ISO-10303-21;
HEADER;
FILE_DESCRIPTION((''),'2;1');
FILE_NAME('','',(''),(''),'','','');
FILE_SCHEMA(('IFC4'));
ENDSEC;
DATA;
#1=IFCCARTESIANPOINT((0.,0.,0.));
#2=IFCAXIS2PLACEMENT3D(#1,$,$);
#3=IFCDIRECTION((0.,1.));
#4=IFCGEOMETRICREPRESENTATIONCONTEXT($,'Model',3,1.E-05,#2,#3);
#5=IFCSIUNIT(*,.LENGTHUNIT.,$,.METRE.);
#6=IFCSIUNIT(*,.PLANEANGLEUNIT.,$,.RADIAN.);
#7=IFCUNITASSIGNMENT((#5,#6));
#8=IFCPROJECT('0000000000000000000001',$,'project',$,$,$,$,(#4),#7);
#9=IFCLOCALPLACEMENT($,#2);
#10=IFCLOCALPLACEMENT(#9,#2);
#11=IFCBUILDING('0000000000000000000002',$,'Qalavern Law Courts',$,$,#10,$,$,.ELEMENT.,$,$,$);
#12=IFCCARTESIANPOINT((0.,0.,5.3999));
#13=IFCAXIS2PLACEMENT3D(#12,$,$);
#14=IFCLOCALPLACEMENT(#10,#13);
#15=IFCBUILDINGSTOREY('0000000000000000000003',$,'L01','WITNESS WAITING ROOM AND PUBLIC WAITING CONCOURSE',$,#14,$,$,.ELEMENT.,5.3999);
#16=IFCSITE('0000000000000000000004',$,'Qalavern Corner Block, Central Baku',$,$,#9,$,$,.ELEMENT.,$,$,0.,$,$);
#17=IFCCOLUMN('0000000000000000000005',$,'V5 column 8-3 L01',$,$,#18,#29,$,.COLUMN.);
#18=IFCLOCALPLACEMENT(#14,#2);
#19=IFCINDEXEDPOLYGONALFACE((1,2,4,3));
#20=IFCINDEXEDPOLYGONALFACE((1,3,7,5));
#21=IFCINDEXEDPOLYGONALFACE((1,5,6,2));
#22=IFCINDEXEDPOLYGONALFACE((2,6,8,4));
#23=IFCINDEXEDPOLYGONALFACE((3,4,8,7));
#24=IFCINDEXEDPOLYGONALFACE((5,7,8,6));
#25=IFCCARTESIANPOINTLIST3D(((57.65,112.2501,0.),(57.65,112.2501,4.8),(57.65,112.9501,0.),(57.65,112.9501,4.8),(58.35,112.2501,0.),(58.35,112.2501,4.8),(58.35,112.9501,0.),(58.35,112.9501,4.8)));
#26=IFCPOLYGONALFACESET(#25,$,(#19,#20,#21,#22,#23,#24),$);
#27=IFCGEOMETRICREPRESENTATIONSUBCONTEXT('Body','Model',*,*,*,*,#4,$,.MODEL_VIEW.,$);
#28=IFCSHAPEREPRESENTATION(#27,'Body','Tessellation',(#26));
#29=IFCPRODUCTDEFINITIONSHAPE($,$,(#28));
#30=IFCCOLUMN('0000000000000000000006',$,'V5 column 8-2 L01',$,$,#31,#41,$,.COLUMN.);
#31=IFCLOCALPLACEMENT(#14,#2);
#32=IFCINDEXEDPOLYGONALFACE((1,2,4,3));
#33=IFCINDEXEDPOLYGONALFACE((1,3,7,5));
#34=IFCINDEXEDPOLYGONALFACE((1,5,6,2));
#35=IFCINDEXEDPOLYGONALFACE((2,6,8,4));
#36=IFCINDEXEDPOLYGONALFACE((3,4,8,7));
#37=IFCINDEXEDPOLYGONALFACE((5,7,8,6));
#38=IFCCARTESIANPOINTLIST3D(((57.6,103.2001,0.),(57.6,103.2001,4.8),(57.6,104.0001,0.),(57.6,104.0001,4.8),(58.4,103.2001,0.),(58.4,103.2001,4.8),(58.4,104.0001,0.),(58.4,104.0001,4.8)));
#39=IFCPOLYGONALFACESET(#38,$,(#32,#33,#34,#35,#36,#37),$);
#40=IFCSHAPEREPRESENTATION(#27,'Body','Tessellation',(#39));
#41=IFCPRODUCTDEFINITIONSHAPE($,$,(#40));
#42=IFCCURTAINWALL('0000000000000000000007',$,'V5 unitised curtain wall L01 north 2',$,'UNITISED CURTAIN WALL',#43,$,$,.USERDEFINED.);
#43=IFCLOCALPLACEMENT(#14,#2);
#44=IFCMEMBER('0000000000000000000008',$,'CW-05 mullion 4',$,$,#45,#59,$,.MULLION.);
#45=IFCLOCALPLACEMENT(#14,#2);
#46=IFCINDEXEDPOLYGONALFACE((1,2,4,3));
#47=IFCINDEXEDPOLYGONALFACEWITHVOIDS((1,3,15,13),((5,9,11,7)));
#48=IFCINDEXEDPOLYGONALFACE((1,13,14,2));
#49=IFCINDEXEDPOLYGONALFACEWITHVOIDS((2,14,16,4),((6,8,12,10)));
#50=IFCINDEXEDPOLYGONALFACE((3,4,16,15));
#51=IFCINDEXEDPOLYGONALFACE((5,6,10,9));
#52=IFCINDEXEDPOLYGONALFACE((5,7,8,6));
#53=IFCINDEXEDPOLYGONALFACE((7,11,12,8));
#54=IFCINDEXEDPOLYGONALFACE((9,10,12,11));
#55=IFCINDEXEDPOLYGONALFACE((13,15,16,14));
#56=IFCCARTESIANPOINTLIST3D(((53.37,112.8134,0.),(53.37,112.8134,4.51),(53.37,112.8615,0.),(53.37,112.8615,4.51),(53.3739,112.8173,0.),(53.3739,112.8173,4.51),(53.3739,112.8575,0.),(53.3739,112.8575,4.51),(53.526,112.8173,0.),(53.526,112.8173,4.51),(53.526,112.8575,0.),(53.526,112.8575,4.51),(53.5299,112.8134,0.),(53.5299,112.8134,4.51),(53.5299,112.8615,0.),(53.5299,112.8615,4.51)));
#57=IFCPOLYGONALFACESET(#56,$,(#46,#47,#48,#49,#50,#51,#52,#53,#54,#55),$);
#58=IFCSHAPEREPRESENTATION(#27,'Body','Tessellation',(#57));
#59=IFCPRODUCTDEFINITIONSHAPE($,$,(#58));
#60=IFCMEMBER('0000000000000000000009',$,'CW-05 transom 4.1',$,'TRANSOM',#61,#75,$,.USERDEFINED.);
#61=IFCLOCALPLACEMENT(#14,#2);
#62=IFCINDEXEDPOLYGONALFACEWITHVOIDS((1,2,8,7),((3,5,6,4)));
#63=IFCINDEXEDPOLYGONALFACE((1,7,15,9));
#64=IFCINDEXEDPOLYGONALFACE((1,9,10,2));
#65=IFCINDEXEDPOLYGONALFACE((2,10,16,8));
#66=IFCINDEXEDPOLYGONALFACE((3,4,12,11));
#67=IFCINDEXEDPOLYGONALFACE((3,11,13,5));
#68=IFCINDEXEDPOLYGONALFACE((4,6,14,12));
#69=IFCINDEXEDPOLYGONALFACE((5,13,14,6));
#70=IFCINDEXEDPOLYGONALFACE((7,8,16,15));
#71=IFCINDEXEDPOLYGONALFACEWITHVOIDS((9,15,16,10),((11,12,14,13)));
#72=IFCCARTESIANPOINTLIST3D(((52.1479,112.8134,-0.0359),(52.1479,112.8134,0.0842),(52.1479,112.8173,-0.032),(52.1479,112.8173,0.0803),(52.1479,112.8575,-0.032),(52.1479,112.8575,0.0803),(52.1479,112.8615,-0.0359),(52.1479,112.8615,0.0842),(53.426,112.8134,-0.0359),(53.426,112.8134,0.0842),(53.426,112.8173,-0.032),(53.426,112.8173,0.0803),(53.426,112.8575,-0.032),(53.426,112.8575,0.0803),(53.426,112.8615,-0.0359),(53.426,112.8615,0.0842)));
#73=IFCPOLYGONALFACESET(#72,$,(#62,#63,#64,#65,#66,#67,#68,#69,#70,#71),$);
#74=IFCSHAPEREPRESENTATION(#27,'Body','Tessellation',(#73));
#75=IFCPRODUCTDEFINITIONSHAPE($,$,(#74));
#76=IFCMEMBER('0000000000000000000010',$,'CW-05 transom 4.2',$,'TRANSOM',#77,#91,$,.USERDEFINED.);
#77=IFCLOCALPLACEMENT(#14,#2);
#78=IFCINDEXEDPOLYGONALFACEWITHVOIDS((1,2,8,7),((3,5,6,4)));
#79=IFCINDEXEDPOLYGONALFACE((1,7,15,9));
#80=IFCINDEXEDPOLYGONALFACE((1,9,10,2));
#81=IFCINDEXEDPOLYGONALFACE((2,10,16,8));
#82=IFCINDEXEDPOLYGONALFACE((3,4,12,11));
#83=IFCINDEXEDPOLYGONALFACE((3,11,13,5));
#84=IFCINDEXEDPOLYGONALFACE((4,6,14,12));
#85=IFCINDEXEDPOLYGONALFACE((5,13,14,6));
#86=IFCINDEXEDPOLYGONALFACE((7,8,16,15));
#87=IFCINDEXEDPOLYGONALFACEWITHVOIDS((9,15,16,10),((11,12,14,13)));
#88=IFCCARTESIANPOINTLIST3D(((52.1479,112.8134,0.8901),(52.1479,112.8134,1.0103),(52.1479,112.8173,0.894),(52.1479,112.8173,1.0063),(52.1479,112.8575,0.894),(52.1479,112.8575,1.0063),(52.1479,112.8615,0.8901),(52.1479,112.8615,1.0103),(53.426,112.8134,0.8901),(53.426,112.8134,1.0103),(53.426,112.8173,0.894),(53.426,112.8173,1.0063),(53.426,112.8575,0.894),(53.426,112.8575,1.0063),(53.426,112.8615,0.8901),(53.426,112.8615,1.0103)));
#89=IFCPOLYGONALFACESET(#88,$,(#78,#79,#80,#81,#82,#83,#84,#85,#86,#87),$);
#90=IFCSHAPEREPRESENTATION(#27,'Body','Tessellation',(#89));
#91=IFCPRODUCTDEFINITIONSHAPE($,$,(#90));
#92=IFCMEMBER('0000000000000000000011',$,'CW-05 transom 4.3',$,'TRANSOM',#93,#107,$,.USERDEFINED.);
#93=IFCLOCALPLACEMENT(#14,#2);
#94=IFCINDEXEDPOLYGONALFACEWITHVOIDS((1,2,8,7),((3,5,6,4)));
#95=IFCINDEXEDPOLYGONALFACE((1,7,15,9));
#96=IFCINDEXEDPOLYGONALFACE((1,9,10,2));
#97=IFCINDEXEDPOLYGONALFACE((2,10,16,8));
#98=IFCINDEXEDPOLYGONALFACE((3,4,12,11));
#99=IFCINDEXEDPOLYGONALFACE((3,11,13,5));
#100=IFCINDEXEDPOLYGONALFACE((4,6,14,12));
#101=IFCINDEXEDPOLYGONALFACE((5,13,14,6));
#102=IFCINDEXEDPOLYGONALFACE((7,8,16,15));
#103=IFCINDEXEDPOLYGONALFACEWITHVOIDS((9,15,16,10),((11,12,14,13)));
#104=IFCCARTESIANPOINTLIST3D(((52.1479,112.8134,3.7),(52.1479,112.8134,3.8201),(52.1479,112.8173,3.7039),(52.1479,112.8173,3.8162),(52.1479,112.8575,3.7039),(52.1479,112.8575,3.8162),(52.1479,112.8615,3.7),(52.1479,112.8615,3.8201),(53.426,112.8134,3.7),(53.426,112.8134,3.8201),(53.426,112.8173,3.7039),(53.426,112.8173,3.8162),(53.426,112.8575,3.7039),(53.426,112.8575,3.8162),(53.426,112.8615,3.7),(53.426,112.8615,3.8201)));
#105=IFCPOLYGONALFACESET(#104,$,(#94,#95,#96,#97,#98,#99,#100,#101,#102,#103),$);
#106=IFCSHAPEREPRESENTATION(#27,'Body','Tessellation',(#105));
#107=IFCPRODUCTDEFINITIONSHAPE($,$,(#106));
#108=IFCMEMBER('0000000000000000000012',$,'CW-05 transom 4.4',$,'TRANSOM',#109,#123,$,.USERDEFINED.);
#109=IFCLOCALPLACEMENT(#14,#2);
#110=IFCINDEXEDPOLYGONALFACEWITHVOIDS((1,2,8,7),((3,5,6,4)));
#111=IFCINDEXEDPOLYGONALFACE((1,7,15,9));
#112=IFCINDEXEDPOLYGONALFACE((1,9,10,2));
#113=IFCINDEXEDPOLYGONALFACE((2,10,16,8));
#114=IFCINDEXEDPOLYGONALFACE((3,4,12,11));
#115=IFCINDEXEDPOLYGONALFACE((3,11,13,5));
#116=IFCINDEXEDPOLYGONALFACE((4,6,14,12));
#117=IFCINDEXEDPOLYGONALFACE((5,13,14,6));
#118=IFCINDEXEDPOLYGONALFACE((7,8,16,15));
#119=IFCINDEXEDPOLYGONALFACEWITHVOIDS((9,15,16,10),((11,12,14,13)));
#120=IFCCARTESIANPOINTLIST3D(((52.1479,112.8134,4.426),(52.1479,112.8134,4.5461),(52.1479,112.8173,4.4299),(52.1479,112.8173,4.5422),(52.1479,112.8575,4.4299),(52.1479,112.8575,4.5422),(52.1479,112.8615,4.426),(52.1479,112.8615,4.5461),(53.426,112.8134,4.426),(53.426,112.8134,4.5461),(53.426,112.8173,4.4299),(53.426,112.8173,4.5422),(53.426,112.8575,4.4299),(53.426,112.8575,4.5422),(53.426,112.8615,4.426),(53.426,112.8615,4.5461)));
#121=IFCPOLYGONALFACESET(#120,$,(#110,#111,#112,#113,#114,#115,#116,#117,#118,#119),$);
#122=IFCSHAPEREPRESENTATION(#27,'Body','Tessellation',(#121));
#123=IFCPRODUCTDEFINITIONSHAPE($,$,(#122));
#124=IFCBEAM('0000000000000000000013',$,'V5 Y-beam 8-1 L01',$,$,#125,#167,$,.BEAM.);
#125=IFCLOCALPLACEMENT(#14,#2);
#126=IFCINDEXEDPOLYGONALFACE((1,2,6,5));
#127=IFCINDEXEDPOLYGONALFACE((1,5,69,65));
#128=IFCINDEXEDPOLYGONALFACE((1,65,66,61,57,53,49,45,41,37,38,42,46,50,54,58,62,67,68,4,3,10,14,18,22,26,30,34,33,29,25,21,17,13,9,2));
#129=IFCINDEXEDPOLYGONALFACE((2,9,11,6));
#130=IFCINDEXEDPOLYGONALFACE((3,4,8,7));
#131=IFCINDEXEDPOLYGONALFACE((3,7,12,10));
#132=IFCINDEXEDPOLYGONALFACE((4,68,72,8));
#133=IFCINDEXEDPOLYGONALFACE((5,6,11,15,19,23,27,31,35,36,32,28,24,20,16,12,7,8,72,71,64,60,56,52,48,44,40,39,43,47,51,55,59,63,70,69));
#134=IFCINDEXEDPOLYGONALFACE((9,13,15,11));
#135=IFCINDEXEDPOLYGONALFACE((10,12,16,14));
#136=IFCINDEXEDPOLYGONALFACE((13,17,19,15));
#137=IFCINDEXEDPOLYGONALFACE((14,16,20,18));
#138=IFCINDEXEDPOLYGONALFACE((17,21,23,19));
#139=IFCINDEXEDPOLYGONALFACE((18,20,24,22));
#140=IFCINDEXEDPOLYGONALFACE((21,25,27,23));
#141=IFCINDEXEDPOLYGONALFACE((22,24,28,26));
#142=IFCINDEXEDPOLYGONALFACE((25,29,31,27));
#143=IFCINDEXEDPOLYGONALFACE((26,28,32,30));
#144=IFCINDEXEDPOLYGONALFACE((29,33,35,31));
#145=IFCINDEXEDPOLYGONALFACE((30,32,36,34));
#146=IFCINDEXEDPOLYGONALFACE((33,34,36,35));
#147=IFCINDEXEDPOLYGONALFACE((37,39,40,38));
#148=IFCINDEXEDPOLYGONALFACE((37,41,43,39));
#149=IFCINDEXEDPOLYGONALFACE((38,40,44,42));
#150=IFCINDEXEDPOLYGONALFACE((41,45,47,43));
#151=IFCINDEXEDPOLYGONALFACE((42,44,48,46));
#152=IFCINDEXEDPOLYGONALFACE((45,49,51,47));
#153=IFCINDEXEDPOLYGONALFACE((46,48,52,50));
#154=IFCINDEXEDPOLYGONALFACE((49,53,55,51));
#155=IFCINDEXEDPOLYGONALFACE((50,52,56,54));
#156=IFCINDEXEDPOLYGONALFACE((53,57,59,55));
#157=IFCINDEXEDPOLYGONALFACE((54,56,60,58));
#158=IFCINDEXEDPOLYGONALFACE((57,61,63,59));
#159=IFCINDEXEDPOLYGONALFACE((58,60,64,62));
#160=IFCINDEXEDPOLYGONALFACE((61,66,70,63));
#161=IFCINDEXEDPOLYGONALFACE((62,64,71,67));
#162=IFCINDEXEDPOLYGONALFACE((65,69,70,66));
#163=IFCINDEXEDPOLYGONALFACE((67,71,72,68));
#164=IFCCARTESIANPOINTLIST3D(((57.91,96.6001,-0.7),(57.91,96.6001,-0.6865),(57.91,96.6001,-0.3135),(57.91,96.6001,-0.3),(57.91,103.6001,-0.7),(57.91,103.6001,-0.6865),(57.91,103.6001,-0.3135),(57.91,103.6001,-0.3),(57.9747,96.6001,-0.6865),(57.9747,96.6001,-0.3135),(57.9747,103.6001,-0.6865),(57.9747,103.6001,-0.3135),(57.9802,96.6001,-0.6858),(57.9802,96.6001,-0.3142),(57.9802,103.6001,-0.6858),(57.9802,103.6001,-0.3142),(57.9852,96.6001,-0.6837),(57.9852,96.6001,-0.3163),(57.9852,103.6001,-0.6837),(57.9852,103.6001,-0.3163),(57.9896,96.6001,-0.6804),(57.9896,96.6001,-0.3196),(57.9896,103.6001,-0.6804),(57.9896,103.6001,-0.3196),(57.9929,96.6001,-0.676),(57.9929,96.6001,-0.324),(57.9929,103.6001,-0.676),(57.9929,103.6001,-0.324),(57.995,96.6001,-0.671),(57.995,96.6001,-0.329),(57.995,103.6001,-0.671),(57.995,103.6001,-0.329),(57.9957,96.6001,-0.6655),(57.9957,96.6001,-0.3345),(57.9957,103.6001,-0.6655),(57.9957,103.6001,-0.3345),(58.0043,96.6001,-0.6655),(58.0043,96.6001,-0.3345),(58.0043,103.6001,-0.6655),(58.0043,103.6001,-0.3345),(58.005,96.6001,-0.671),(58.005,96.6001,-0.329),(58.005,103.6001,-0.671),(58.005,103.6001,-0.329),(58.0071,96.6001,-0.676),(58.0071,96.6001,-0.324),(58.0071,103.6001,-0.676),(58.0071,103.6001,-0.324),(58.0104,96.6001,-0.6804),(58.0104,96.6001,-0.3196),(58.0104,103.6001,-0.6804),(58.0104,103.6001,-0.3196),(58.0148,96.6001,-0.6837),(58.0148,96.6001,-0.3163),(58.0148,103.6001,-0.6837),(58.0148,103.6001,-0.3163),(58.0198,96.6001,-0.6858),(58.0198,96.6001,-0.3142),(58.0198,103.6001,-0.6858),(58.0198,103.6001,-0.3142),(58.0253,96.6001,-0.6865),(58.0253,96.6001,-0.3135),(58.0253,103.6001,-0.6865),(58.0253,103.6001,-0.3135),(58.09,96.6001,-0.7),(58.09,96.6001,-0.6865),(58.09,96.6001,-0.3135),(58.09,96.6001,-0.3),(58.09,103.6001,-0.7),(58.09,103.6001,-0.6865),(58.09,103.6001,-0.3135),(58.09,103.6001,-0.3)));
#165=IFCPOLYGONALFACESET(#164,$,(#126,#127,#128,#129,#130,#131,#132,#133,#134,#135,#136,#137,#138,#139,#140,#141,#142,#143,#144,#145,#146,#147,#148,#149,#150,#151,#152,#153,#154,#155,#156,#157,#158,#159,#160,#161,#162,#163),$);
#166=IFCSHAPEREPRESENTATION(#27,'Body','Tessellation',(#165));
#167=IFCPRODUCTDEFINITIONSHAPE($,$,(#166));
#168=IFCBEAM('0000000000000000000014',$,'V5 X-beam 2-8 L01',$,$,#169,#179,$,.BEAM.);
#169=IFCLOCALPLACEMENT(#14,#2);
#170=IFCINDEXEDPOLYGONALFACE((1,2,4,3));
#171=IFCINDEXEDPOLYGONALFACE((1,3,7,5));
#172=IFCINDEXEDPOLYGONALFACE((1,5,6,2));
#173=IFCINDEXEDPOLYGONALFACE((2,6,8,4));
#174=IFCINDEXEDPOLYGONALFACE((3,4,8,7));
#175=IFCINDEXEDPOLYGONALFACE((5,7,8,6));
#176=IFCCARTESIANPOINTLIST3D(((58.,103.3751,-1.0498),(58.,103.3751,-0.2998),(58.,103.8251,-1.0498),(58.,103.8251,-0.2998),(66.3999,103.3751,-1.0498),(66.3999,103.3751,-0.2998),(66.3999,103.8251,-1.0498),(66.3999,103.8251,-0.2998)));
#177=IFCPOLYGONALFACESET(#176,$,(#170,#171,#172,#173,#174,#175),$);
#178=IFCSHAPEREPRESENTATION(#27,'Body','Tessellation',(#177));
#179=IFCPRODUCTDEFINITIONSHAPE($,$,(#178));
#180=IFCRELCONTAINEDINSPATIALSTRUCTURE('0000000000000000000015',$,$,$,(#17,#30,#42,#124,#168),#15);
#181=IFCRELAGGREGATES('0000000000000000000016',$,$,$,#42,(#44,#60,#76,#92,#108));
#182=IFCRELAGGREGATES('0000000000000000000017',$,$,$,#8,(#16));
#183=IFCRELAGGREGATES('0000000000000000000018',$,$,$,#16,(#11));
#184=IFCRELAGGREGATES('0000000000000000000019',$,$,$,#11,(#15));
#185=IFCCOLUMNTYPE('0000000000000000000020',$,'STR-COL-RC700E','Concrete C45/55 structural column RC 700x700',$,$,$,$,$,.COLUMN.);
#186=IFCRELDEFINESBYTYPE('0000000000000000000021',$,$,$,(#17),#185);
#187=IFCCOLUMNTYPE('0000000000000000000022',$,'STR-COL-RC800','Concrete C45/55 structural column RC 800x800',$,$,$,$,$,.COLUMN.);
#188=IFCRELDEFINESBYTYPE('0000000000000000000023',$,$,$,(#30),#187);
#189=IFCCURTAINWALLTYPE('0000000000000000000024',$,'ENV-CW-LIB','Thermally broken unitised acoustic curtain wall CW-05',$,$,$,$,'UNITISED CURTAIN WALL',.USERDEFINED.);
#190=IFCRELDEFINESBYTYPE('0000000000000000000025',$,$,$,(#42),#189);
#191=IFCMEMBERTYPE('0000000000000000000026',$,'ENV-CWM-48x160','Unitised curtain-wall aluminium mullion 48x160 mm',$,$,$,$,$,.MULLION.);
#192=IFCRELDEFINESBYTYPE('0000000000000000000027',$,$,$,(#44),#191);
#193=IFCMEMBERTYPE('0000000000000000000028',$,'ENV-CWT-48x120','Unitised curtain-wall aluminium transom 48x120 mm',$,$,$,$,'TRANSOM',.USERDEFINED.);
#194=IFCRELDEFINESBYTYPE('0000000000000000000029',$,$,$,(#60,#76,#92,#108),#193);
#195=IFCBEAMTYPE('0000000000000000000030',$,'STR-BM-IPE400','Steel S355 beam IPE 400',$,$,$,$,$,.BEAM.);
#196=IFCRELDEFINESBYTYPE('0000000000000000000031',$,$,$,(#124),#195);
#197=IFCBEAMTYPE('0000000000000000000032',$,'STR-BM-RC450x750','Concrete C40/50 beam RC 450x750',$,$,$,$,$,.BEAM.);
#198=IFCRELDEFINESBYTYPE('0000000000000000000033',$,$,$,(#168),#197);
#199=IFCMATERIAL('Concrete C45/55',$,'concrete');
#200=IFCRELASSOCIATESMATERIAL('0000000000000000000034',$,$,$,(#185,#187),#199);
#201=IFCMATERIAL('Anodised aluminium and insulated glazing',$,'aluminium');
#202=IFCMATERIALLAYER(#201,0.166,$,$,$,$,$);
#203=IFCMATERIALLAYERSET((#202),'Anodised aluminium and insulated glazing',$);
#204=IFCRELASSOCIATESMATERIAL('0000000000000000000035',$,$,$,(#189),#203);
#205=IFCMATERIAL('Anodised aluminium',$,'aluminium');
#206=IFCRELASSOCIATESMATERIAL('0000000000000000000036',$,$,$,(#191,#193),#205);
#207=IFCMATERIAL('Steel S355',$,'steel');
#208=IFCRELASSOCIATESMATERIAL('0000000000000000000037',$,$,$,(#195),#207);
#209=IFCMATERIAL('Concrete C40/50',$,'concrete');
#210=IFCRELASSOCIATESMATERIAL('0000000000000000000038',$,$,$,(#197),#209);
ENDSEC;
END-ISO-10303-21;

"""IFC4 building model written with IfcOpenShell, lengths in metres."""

from ifc_helpers import new_model, si_unit, direction, frame, origin, origin_2d, place, context, subcontext, project, spatial, rectangle, hollow_rectangle, i_section, extrude, material, layer, layer_set, material_profile, profile_set, type_object, element, aggregate, save


model = new_model("IFC4")

# Units and contexts
model_context = context("Model", 3, precision=1e-05, world=origin(), true_north=direction((0.0, 1.0)))
body_context = subcontext(model_context, "Body", "Model", "MODEL_VIEW")
ifc_project = project(units=[si_unit("LENGTHUNIT", "METRE"), si_unit("PLANEANGLEUNIT", "RADIAN")], contexts=[model_context])

# Site, building, storey
site_placement = place(None, origin())
site = spatial("IfcSite", under=ifc_project, at=site_placement, Name="Qalavern Corner Block, Central Baku", CompositionType="ELEMENT", RefElevation=0.0)
building_placement = place(site_placement, origin())
building = spatial("IfcBuilding", under=site, at=building_placement, Name="Qalavern Law Courts", CompositionType="ELEMENT")
storey_placement = place(building_placement, frame((0.0, 0.0, 5.3999)))
storey = spatial("IfcBuildingStorey", under=building, at=storey_placement, Name="L01", Description="WITNESS WAITING ROOM AND PUBLIC WAITING CONCOURSE", CompositionType="ELEMENT", Elevation=5.3999)

# Columns
ifc_material_1 = material(Name="Concrete C45/55", Category="concrete")
ifc_material_profile_1 = material_profile(ifc_material_1, rectangle(XDim=0.7, YDim=0.7, at=origin_2d()), Name="RC 700x700")
ifc_profile_set_1 = profile_set([ifc_material_profile_1], Name="Concrete C45/55")
column_type_1 = type_object("IfcColumnType", Name="STR-COL-RC700E", Description="Concrete C45/55 structural column RC 700x700", PredefinedType="COLUMN", material=ifc_profile_set_1)
column_1_placement = place(storey_placement, frame((58.0, 112.6001, 0.0), z_axis=(0.0, 0.0, 1.0), x_axis=(1.0, 0.0, 0.0)))
element("IfcColumn", 1, at=column_1_placement, inside=storey, type_object=column_type_1, Name="V5 column 8-3 L01", PredefinedType="COLUMN", context=body_context, shape_type="SweptSolid", body=[
    extrude(rectangle(XDim=0.7, YDim=0.7, at=origin_2d()), origin(), (0.0, 0.0, 1.0), 4.8),
])
ifc_material_profile_2 = material_profile(ifc_material_1, rectangle(XDim=0.8, YDim=0.8, at=origin_2d()), Name="RC 800x800")
ifc_profile_set_2 = profile_set([ifc_material_profile_2], Name="Concrete C45/55")
column_type_2 = type_object("IfcColumnType", Name="STR-COL-RC800", Description="Concrete C45/55 structural column RC 800x800", PredefinedType="COLUMN", material=ifc_profile_set_2)
column_2_placement = place(storey_placement, frame((58.0, 103.6001, 0.0), z_axis=(0.0, 0.0, 1.0), x_axis=(1.0, 0.0, 0.0)))
element("IfcColumn", 2, at=column_2_placement, inside=storey, type_object=column_type_2, Name="V5 column 8-2 L01", PredefinedType="COLUMN", context=body_context, shape_type="SweptSolid", body=[
    extrude(rectangle(XDim=0.8, YDim=0.8, at=origin_2d()), origin(), (0.0, 0.0, 1.0), 4.8),
])

# Curtain wall, members
ifc_material_2 = material(Name="Anodised aluminium and insulated glazing", Category="aluminium")
ifc_layer_1 = layer(ifc_material_2, 0.166)
ifc_layer_set_1 = layer_set([ifc_layer_1], Name="Anodised aluminium and insulated glazing")
curtain_wall_type = type_object("IfcCurtainWallType", Name="ENV-CW-LIB", Description="Thermally broken unitised acoustic curtain wall CW-05", ElementType="UNITISED CURTAIN WALL", PredefinedType="USERDEFINED", material=ifc_layer_set_1)
curtain_wall_placement = place(storey_placement, origin())
curtain_wall = element("IfcCurtainWall", 3, at=curtain_wall_placement, inside=storey, type_object=curtain_wall_type, Name="V5 unitised curtain wall L01 north 2", ObjectType="UNITISED CURTAIN WALL", PredefinedType="USERDEFINED")
ifc_material_3 = material(Name="Anodised aluminium", Category="aluminium")
ifc_material_profile_3 = material_profile(ifc_material_3, hollow_rectangle(XDim=0.0481, YDim=0.1599, WallThickness=0.0039, at=origin_2d()), Name="ALU MULLION 48x160")
ifc_profile_set_3 = profile_set([ifc_material_profile_3], Name="Anodised aluminium")
member_type_1 = type_object("IfcMemberType", Name="ENV-CWM-48x160", Description="Unitised curtain-wall aluminium mullion 48x160 mm", PredefinedType="MULLION", material=ifc_profile_set_3)
member_1_placement = place(storey_placement, frame((53.45, 112.8374, 0.0), z_axis=(0.0, 0.0, 1.0), x_axis=(0.0, -1.0, 0.0)))
member_1 = element("IfcMember", 4, at=member_1_placement, type_object=member_type_1, Name="CW-05 mullion 4", PredefinedType="MULLION", context=body_context, shape_type="SweptSolid", body=[
    extrude(hollow_rectangle(XDim=0.0481, YDim=0.1599, WallThickness=0.0039, at=origin_2d()), origin(), (0.0, 0.0, 1.0), 4.51),
])
ifc_material_profile_4 = material_profile(ifc_material_3, hollow_rectangle(XDim=0.0481, YDim=0.1201, WallThickness=0.0039, at=origin_2d()), Name="ALU TRANSOM 48x120")
ifc_profile_set_4 = profile_set([ifc_material_profile_4], Name="Anodised aluminium")
member_type_2 = type_object("IfcMemberType", Name="ENV-CWT-48x120", Description="Unitised curtain-wall aluminium transom 48x120 mm", ElementType="TRANSOM", PredefinedType="USERDEFINED", material=ifc_profile_set_4)
member_2_placement = place(storey_placement, frame((53.426, 112.8374, 0.0242), z_axis=(-1.0, 0.0, 0.0), x_axis=(0.0, -1.0, 0.0)))
member_2 = element("IfcMember", 5, at=member_2_placement, type_object=member_type_2, Name="CW-05 transom 4.1", ObjectType="TRANSOM", PredefinedType="USERDEFINED", context=body_context, shape_type="SweptSolid", body=[
    extrude(hollow_rectangle(XDim=0.0481, YDim=0.1201, WallThickness=0.0039, at=origin_2d()), origin(), (0.0, 0.0, 1.0), 1.2781),
])
member_3_placement = place(storey_placement, frame((53.426, 112.8374, 0.9502), z_axis=(-1.0, 0.0, 0.0), x_axis=(0.0, -1.0, 0.0)))
member_3 = element("IfcMember", 6, at=member_3_placement, type_object=member_type_2, Name="CW-05 transom 4.2", ObjectType="TRANSOM", PredefinedType="USERDEFINED", context=body_context, shape_type="SweptSolid", body=[
    extrude(hollow_rectangle(XDim=0.0481, YDim=0.1201, WallThickness=0.0039, at=origin_2d()), origin(), (0.0, 0.0, 1.0), 1.2781),
])
member_4_placement = place(storey_placement, frame((53.426, 112.8374, 3.76), z_axis=(-1.0, 0.0, 0.0), x_axis=(0.0, -1.0, 0.0)))
member_4 = element("IfcMember", 7, at=member_4_placement, type_object=member_type_2, Name="CW-05 transom 4.3", ObjectType="TRANSOM", PredefinedType="USERDEFINED", context=body_context, shape_type="SweptSolid", body=[
    extrude(hollow_rectangle(XDim=0.0481, YDim=0.1201, WallThickness=0.0039, at=origin_2d()), origin(), (0.0, 0.0, 1.0), 1.2781),
])
member_5_placement = place(storey_placement, frame((53.426, 112.8374, 4.4861), z_axis=(-1.0, 0.0, 0.0), x_axis=(0.0, -1.0, 0.0)))
member_5 = element("IfcMember", 8, at=member_5_placement, type_object=member_type_2, Name="CW-05 transom 4.4", ObjectType="TRANSOM", PredefinedType="USERDEFINED", context=body_context, shape_type="SweptSolid", body=[
    extrude(hollow_rectangle(XDim=0.0481, YDim=0.1201, WallThickness=0.0039, at=origin_2d()), origin(), (0.0, 0.0, 1.0), 1.2781),
])

# Beams
ifc_material_4 = material(Name="Steel S355", Category="steel")
ifc_material_profile_5 = material_profile(ifc_material_4, i_section(OverallWidth=0.1799, OverallDepth=0.3999, WebThickness=0.0085, FlangeThickness=0.0134, FilletRadius=0.021, at=origin_2d()), Name="IPE 400")
ifc_profile_set_5 = profile_set([ifc_material_profile_5], Name="Steel S355")
beam_type_1 = type_object("IfcBeamType", Name="STR-BM-IPE400", Description="Steel S355 beam IPE 400", PredefinedType="BEAM", material=ifc_profile_set_5)
beam_1_placement = place(storey_placement, frame((58.0, 96.6001, -0.5), z_axis=(0.0, 1.0, 0.0), x_axis=(-1.0, 0.0, 0.0)))
element("IfcBeam", 9, at=beam_1_placement, inside=storey, type_object=beam_type_1, Name="V5 Y-beam 8-1 L01", PredefinedType="BEAM", context=body_context, shape_type="SweptSolid", body=[
    extrude(i_section(OverallWidth=0.1799, OverallDepth=0.3999, WebThickness=0.0085, FlangeThickness=0.0134, FilletRadius=0.021, at=origin_2d()), origin(), (0.0, 0.0, 1.0), 7.0),
])
ifc_material_5 = material(Name="Concrete C40/50", Category="concrete")
ifc_material_profile_6 = material_profile(ifc_material_5, rectangle(XDim=0.45, YDim=0.75, at=origin_2d()), Name="RC 450x750")
ifc_profile_set_6 = profile_set([ifc_material_profile_6], Name="Concrete C40/50")
beam_type_2 = type_object("IfcBeamType", Name="STR-BM-RC450x750", Description="Concrete C40/50 beam RC 450x750", PredefinedType="BEAM", material=ifc_profile_set_6)
beam_2_placement = place(storey_placement, frame((58.0, 103.6001, -0.6748), z_axis=(1.0, 0.0, 0.0), x_axis=(0.0, 1.0, 0.0)))
element("IfcBeam", 10, at=beam_2_placement, inside=storey, type_object=beam_type_2, Name="V5 X-beam 2-8 L01", PredefinedType="BEAM", context=body_context, shape_type="SweptSolid", body=[
    extrude(rectangle(XDim=0.45, YDim=0.75, at=origin_2d()), origin(), (0.0, 0.0, 1.0), 8.3999),
])

aggregate(curtain_wall, [member_1, member_2, member_3, member_4, member_5])

save(model, "model.ifc")
